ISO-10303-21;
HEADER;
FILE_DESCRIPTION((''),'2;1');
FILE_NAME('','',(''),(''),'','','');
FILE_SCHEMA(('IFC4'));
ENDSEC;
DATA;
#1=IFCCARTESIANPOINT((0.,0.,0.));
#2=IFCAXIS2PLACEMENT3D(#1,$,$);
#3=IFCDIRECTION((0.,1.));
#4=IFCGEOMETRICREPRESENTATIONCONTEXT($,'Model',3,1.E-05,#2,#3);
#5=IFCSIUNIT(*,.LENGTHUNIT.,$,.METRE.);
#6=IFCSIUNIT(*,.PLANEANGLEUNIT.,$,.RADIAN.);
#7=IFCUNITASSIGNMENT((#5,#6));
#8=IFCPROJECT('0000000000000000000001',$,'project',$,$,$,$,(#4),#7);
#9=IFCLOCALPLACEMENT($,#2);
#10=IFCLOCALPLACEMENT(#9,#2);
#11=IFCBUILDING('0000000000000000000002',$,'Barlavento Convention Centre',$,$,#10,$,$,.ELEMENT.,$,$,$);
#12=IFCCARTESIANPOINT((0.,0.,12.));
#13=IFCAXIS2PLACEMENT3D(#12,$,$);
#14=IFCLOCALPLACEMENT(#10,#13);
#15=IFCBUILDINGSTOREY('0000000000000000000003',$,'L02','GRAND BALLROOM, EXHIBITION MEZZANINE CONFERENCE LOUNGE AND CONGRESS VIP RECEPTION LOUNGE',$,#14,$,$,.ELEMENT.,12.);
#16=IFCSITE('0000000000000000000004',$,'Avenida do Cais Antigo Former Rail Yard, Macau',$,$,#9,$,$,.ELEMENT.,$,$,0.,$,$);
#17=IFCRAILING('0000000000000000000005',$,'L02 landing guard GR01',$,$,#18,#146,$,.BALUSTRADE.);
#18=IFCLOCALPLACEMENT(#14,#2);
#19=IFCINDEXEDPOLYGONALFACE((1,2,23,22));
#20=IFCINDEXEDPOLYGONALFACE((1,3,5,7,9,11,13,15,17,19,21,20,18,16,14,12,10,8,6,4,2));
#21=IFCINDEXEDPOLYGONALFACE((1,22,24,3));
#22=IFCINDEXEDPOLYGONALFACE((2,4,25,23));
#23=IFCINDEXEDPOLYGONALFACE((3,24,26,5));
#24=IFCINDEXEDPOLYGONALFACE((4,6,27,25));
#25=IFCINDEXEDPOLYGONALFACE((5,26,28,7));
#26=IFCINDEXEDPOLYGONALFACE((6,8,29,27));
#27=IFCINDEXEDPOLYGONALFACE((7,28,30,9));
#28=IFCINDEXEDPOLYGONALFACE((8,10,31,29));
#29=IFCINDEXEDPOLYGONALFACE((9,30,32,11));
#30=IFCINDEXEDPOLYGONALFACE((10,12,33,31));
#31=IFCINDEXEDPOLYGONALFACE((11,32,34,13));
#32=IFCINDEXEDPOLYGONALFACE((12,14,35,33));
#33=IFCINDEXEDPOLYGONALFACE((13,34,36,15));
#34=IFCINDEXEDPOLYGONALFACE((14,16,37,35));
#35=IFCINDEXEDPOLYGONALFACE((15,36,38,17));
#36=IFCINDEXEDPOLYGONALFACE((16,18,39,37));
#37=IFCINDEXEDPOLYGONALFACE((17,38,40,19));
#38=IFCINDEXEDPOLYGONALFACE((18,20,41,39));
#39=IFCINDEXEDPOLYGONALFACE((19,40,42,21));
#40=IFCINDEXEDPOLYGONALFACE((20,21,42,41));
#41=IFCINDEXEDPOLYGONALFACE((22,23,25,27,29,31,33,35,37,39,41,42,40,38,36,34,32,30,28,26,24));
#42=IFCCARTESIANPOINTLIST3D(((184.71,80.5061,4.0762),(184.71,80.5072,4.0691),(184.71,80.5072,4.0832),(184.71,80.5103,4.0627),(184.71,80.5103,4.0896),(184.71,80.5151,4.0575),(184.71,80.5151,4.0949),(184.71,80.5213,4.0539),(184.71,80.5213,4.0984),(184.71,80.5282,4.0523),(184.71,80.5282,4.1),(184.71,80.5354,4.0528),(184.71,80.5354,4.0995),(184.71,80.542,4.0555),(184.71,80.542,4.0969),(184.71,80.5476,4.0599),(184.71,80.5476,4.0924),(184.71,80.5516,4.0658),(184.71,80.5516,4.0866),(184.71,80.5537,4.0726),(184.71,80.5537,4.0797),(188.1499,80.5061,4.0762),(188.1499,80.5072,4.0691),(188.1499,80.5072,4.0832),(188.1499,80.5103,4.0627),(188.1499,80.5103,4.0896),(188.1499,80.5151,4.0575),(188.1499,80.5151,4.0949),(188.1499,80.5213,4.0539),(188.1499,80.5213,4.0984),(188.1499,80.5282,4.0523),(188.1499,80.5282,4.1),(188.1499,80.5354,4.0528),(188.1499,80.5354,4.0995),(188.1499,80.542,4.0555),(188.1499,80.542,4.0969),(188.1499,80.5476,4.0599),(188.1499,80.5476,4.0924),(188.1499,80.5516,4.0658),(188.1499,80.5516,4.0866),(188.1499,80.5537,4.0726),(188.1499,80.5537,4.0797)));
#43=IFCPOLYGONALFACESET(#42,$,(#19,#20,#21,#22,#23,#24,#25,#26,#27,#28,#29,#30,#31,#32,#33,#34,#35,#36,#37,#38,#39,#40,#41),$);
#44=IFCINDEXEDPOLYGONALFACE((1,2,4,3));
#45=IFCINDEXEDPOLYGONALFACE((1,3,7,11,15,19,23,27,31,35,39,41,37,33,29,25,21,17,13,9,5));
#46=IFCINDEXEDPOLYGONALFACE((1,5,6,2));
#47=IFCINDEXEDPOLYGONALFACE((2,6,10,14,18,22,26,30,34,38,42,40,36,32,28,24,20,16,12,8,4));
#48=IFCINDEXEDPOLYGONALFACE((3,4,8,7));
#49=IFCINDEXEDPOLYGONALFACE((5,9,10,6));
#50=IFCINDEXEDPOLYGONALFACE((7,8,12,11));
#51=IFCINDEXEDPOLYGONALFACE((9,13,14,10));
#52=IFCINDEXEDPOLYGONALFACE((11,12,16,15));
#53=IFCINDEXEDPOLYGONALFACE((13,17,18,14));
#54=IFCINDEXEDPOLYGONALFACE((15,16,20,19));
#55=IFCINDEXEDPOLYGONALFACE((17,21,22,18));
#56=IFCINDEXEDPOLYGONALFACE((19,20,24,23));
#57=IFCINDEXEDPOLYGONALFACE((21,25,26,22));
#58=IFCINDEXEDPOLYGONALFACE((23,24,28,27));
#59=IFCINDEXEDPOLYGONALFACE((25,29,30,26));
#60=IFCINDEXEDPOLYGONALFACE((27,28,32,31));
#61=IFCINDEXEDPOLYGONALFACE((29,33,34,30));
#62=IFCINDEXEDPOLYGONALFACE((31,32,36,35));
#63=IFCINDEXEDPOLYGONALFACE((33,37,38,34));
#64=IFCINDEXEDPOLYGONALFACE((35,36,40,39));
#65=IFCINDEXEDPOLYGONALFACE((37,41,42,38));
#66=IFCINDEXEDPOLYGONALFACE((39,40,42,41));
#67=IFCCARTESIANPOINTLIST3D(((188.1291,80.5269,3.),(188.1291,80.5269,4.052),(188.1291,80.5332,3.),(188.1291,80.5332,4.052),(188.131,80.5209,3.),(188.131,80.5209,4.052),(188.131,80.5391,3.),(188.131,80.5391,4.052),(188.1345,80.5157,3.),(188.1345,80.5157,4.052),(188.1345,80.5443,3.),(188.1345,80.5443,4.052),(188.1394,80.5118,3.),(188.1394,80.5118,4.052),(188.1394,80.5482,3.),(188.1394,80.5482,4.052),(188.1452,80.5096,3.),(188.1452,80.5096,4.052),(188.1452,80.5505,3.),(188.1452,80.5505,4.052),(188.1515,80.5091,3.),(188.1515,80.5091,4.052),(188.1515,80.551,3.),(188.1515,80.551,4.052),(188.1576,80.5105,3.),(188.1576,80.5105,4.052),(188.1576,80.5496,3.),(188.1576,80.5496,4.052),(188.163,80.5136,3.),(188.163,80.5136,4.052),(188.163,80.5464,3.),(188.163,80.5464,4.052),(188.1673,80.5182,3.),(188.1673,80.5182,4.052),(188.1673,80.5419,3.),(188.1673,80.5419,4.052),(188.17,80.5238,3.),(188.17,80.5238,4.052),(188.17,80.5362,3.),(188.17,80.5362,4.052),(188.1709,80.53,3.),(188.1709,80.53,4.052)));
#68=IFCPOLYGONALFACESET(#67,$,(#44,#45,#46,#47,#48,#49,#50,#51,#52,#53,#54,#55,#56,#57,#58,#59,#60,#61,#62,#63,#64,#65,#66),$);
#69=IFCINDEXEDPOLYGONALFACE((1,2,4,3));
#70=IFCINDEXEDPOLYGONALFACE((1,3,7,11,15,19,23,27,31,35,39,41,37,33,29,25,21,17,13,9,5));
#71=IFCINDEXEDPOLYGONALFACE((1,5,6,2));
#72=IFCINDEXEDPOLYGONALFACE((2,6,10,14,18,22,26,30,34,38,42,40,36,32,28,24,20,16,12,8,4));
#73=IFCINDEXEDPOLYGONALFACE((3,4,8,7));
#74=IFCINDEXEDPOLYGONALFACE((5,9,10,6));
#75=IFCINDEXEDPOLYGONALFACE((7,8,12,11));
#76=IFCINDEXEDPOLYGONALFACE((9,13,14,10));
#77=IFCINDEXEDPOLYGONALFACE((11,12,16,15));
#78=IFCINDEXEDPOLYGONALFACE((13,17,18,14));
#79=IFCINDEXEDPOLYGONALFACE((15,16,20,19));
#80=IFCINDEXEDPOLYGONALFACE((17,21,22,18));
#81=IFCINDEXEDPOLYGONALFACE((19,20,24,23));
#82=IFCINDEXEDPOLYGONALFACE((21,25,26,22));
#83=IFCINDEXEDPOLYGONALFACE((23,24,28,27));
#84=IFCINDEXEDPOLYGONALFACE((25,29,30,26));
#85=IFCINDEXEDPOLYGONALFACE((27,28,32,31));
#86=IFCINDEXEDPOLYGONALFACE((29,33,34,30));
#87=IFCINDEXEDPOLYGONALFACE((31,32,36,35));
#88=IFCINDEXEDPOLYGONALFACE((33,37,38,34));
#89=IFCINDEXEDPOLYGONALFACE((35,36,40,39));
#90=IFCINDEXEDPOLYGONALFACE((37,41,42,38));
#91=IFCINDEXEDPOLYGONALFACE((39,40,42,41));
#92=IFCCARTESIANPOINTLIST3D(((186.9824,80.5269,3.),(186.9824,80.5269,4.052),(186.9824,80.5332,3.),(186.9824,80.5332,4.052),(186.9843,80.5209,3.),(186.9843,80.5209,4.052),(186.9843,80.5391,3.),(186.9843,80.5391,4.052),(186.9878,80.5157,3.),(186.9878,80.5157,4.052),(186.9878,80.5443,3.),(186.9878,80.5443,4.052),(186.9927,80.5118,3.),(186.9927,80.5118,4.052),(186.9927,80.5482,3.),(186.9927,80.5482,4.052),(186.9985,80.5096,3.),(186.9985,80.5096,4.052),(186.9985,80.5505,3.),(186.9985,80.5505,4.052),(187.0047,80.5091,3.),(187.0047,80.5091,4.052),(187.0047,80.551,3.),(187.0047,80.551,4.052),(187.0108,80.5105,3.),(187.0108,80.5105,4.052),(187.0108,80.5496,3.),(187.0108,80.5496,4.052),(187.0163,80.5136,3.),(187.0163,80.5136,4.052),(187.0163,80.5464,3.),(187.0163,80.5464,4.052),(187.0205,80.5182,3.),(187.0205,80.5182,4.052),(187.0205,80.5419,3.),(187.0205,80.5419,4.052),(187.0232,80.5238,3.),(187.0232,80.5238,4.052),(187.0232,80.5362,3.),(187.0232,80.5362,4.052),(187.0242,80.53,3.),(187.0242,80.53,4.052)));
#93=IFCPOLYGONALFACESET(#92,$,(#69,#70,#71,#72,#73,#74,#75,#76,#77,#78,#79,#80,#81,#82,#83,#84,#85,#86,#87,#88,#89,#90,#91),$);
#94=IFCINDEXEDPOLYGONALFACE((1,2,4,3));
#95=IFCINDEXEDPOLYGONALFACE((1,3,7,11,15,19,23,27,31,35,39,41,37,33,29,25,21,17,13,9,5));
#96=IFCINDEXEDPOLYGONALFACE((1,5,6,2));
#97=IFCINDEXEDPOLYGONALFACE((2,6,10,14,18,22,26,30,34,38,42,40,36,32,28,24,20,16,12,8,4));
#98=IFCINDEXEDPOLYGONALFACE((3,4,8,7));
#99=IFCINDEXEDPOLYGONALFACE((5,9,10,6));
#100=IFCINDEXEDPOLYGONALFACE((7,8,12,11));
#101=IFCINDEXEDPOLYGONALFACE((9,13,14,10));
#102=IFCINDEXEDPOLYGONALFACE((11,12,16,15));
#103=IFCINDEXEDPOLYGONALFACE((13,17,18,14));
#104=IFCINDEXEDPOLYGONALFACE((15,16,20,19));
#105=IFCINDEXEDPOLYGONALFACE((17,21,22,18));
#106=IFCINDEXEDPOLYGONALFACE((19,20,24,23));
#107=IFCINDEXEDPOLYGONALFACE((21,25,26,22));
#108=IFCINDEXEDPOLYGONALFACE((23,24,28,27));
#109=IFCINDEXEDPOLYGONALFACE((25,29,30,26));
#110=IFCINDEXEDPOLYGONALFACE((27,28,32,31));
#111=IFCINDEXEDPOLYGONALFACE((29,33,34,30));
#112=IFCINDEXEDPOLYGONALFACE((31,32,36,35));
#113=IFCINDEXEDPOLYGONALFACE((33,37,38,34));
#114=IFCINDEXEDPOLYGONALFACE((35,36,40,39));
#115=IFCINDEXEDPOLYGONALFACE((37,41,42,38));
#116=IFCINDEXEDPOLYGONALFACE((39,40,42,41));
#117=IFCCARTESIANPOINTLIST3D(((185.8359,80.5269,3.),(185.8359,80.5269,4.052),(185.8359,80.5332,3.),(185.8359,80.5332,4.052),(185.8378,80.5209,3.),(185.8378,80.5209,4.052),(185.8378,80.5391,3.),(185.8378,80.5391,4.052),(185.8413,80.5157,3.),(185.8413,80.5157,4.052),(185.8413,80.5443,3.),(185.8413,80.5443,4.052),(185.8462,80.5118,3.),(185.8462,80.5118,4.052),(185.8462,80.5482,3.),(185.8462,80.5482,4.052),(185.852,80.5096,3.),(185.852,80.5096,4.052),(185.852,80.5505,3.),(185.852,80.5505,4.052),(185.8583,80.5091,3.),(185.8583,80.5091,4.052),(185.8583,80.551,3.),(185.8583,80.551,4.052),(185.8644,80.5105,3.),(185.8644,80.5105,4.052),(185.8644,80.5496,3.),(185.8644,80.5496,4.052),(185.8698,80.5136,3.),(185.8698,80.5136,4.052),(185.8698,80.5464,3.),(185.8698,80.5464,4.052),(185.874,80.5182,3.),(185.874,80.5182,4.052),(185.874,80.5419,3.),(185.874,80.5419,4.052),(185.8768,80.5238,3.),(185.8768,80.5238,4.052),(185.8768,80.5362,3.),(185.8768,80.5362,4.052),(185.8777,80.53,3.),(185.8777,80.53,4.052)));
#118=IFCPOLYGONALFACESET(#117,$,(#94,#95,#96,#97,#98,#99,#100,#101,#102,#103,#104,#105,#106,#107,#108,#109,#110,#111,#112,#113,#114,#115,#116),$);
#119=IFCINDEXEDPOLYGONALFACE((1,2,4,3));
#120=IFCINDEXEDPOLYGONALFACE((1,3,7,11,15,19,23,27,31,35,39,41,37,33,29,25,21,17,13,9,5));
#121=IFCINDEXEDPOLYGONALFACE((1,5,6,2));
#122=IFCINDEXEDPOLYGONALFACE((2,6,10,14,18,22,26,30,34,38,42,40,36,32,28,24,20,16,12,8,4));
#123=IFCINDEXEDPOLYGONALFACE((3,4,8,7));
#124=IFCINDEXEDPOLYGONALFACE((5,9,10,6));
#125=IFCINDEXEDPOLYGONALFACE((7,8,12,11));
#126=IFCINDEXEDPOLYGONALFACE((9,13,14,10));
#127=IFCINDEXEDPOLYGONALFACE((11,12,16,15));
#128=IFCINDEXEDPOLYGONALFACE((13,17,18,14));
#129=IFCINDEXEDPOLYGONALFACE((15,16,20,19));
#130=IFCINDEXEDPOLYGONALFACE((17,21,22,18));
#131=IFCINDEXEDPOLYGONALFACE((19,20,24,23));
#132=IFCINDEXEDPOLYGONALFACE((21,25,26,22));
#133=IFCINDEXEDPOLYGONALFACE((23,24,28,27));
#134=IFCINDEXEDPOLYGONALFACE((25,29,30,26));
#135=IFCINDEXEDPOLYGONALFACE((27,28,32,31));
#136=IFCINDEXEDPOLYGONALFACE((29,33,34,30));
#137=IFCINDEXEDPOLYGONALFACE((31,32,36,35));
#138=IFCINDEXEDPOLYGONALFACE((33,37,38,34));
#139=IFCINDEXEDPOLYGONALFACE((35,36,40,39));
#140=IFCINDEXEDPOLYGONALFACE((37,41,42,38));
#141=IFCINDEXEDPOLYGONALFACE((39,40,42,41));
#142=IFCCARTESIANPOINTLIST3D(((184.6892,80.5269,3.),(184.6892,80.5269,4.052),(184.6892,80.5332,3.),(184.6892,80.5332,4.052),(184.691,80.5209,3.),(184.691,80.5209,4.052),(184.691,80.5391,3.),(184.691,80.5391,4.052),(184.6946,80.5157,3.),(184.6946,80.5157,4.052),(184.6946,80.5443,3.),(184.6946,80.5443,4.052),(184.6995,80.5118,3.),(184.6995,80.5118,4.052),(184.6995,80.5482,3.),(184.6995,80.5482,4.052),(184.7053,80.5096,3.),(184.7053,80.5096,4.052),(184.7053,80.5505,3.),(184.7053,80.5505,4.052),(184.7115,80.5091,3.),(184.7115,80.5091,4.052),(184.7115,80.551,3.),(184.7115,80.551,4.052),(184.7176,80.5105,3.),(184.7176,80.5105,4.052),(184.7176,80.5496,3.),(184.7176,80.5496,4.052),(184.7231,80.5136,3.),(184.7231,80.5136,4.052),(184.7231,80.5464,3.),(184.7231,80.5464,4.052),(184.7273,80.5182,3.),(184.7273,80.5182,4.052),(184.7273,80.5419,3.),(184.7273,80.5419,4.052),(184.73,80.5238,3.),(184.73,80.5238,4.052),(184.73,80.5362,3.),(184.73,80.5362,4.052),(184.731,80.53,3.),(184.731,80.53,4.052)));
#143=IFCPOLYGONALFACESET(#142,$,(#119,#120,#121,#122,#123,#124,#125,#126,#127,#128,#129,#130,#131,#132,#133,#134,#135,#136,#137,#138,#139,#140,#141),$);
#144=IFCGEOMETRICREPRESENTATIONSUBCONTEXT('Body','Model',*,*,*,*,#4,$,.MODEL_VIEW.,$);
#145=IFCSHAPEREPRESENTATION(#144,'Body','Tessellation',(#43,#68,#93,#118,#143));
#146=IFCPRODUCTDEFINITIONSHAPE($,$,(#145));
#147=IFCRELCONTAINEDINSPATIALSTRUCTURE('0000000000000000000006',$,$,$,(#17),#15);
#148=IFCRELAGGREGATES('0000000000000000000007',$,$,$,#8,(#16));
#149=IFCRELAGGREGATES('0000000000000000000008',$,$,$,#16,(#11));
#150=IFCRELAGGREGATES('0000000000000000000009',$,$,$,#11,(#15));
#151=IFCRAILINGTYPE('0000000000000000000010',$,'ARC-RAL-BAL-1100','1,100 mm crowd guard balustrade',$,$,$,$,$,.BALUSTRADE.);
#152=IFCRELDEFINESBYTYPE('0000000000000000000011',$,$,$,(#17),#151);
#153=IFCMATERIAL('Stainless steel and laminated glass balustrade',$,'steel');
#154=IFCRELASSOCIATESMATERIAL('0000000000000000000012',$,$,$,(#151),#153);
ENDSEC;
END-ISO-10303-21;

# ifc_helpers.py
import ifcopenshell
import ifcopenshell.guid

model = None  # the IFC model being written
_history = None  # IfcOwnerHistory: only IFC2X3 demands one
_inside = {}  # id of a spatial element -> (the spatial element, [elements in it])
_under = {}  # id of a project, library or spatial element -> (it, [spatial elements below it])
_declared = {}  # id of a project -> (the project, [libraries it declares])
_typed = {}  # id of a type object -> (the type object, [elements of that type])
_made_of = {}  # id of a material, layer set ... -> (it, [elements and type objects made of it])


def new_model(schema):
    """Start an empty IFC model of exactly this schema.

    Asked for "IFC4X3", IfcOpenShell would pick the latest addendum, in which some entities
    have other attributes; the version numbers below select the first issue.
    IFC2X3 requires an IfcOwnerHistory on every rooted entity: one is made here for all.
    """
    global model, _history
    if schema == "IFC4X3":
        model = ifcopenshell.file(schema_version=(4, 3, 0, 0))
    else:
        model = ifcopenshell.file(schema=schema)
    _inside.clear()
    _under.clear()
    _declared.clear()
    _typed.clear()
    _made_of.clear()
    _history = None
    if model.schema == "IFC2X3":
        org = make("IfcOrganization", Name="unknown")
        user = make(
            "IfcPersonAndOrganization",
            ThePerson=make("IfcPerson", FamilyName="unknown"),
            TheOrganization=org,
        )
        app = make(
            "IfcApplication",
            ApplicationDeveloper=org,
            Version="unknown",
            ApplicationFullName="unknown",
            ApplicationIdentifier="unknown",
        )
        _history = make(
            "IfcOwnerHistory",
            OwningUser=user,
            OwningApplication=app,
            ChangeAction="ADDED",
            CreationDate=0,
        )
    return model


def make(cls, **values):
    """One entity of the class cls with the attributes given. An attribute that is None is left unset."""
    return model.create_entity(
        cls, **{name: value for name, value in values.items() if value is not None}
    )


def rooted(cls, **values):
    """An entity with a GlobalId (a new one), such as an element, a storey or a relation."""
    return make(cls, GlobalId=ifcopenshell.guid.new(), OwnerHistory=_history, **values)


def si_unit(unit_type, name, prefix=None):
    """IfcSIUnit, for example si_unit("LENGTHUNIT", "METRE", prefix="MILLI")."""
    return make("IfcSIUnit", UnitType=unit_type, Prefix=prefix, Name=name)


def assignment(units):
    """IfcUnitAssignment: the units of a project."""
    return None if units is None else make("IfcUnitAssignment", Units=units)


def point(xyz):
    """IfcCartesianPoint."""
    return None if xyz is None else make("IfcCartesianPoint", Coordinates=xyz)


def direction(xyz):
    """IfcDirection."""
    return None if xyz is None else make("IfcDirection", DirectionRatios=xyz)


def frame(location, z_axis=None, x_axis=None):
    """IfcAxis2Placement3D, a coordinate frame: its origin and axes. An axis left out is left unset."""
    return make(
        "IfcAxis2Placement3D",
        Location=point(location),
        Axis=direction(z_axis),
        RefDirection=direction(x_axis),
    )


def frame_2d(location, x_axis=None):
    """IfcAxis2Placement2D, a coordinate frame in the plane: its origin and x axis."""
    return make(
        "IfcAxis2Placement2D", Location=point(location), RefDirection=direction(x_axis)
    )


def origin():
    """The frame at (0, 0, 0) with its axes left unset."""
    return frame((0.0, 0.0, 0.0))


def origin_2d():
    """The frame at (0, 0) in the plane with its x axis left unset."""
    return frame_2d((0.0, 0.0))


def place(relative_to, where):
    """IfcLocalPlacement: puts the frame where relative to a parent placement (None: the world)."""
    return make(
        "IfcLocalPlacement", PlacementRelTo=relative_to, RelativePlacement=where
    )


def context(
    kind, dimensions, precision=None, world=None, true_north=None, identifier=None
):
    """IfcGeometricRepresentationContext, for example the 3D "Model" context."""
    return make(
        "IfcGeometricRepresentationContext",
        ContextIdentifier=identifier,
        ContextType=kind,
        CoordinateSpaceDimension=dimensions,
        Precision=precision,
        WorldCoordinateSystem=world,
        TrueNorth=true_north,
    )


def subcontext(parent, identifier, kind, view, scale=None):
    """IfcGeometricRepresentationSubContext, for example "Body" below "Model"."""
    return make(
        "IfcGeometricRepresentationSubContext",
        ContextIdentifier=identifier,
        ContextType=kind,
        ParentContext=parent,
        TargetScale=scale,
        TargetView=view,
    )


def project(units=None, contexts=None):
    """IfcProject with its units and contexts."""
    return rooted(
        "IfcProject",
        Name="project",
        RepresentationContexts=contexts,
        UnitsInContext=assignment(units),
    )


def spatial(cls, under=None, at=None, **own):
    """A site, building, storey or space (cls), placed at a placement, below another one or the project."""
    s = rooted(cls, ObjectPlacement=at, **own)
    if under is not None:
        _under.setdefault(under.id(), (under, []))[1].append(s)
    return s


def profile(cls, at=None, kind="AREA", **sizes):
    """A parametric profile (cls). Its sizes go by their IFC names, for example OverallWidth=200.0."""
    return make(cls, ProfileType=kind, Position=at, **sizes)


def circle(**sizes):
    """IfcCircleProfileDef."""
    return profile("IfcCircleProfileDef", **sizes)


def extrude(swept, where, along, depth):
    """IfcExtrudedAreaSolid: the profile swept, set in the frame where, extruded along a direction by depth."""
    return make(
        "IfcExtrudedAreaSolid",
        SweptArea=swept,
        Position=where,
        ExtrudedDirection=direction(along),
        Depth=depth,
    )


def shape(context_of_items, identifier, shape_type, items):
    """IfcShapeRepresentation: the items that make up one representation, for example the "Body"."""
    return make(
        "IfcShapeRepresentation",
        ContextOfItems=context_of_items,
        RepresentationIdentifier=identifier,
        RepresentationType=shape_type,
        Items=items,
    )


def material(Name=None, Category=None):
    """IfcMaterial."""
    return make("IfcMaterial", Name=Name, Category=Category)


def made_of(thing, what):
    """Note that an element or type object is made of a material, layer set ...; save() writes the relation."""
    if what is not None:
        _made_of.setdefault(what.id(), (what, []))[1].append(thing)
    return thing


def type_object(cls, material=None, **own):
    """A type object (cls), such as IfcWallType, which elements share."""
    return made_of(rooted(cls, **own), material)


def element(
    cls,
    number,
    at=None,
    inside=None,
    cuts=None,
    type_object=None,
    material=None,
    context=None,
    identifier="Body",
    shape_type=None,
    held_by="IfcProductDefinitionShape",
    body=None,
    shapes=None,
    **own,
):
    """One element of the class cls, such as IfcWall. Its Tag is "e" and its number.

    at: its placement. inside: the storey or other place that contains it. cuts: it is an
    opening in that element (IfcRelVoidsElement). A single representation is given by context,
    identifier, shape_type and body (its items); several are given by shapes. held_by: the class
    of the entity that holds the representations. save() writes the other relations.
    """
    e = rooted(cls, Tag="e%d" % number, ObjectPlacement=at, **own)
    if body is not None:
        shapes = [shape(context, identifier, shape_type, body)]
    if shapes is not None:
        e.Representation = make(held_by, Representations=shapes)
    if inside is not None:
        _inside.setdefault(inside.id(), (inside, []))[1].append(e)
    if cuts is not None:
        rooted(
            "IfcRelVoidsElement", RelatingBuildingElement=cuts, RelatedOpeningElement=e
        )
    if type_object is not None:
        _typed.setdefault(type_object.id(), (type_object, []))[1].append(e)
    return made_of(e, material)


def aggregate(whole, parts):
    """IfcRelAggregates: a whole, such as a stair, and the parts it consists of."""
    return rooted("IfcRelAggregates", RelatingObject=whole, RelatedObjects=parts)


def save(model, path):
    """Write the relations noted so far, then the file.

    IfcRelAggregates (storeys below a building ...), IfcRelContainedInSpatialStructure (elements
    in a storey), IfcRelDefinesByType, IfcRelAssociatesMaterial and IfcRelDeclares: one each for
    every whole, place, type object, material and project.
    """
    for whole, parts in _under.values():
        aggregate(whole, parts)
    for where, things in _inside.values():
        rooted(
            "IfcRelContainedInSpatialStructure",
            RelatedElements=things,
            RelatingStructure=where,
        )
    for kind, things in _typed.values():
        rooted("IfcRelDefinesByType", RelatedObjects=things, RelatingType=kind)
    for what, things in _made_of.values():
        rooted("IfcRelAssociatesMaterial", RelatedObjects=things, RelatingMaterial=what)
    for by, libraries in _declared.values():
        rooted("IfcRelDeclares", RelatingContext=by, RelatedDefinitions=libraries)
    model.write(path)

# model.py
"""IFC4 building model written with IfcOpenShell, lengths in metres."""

from ifc_helpers import new_model, si_unit, direction, frame, origin, origin_2d, place, context, subcontext, project, spatial, circle, extrude, material, type_object, element, save


model = new_model("IFC4")

# Units and contexts
model_context = context("Model", 3, precision=1e-05, world=origin(), true_north=direction((0.0, 1.0)))
body_context = subcontext(model_context, "Body", "Model", "MODEL_VIEW")
ifc_project = project(units=[si_unit("LENGTHUNIT", "METRE"), si_unit("PLANEANGLEUNIT", "RADIAN")], contexts=[model_context])

# Site, building, storey
site_placement = place(None, origin())
site = spatial("IfcSite", under=ifc_project, at=site_placement, Name="Avenida do Cais Antigo Former Rail Yard, Macau", CompositionType="ELEMENT", RefElevation=0.0)
building_placement = place(site_placement, origin())
building = spatial("IfcBuilding", under=site, at=building_placement, Name="Barlavento Convention Centre", CompositionType="ELEMENT")
storey_placement = place(building_placement, frame((0.0, 0.0, 12.0)))
storey = spatial("IfcBuildingStorey", under=building, at=storey_placement, Name="L02", Description="GRAND BALLROOM, EXHIBITION MEZZANINE CONFERENCE LOUNGE AND CONGRESS VIP RECEPTION LOUNGE", CompositionType="ELEMENT", Elevation=12.0)

# Railing
ifc_material_1 = material(Name="Stainless steel and laminated glass balustrade", Category="steel")
railing_type_1 = type_object("IfcRailingType", Name="ARC-RAL-BAL-1100", Description="1,100 mm crowd guard balustrade", PredefinedType="BALUSTRADE", material=ifc_material_1)
for number, where, name in (
    (1, (188.1499, 80.53, 3.0), "L02 landing guard GR01"),
):
    element("IfcRailing", number, at=place(storey_placement, frame(where)), inside=storey, type_object=railing_type_1, Name=name, PredefinedType="BALUSTRADE", context=body_context, shape_type="SweptSolid", body=[
        extrude(circle(Radius=0.0239, at=origin_2d()), frame((0.0, 0.0, 1.0762), z_axis=(-1.0, 0.0, 0.0), x_axis=(0.0, -1.0, 0.0)), (0.0, 0.0, 1.0), 3.4399),
        extrude(circle(Radius=0.021, at=origin_2d()), origin(), (0.0, 0.0, 1.0), 1.052),
        extrude(circle(Radius=0.021, at=origin_2d()), frame((-1.1467, 0.0, 0.0)), (0.0, 0.0, 1.0), 1.052),
        extrude(circle(Radius=0.021, at=origin_2d()), frame((-2.2932, 0.0, 0.0)), (0.0, 0.0, 1.0), 1.052),
        extrude(circle(Radius=0.021, at=origin_2d()), frame((-3.4399, 0.0, 0.0)), (0.0, 0.0, 1.0), 1.052),
    ])

save(model, "model.ifc")
